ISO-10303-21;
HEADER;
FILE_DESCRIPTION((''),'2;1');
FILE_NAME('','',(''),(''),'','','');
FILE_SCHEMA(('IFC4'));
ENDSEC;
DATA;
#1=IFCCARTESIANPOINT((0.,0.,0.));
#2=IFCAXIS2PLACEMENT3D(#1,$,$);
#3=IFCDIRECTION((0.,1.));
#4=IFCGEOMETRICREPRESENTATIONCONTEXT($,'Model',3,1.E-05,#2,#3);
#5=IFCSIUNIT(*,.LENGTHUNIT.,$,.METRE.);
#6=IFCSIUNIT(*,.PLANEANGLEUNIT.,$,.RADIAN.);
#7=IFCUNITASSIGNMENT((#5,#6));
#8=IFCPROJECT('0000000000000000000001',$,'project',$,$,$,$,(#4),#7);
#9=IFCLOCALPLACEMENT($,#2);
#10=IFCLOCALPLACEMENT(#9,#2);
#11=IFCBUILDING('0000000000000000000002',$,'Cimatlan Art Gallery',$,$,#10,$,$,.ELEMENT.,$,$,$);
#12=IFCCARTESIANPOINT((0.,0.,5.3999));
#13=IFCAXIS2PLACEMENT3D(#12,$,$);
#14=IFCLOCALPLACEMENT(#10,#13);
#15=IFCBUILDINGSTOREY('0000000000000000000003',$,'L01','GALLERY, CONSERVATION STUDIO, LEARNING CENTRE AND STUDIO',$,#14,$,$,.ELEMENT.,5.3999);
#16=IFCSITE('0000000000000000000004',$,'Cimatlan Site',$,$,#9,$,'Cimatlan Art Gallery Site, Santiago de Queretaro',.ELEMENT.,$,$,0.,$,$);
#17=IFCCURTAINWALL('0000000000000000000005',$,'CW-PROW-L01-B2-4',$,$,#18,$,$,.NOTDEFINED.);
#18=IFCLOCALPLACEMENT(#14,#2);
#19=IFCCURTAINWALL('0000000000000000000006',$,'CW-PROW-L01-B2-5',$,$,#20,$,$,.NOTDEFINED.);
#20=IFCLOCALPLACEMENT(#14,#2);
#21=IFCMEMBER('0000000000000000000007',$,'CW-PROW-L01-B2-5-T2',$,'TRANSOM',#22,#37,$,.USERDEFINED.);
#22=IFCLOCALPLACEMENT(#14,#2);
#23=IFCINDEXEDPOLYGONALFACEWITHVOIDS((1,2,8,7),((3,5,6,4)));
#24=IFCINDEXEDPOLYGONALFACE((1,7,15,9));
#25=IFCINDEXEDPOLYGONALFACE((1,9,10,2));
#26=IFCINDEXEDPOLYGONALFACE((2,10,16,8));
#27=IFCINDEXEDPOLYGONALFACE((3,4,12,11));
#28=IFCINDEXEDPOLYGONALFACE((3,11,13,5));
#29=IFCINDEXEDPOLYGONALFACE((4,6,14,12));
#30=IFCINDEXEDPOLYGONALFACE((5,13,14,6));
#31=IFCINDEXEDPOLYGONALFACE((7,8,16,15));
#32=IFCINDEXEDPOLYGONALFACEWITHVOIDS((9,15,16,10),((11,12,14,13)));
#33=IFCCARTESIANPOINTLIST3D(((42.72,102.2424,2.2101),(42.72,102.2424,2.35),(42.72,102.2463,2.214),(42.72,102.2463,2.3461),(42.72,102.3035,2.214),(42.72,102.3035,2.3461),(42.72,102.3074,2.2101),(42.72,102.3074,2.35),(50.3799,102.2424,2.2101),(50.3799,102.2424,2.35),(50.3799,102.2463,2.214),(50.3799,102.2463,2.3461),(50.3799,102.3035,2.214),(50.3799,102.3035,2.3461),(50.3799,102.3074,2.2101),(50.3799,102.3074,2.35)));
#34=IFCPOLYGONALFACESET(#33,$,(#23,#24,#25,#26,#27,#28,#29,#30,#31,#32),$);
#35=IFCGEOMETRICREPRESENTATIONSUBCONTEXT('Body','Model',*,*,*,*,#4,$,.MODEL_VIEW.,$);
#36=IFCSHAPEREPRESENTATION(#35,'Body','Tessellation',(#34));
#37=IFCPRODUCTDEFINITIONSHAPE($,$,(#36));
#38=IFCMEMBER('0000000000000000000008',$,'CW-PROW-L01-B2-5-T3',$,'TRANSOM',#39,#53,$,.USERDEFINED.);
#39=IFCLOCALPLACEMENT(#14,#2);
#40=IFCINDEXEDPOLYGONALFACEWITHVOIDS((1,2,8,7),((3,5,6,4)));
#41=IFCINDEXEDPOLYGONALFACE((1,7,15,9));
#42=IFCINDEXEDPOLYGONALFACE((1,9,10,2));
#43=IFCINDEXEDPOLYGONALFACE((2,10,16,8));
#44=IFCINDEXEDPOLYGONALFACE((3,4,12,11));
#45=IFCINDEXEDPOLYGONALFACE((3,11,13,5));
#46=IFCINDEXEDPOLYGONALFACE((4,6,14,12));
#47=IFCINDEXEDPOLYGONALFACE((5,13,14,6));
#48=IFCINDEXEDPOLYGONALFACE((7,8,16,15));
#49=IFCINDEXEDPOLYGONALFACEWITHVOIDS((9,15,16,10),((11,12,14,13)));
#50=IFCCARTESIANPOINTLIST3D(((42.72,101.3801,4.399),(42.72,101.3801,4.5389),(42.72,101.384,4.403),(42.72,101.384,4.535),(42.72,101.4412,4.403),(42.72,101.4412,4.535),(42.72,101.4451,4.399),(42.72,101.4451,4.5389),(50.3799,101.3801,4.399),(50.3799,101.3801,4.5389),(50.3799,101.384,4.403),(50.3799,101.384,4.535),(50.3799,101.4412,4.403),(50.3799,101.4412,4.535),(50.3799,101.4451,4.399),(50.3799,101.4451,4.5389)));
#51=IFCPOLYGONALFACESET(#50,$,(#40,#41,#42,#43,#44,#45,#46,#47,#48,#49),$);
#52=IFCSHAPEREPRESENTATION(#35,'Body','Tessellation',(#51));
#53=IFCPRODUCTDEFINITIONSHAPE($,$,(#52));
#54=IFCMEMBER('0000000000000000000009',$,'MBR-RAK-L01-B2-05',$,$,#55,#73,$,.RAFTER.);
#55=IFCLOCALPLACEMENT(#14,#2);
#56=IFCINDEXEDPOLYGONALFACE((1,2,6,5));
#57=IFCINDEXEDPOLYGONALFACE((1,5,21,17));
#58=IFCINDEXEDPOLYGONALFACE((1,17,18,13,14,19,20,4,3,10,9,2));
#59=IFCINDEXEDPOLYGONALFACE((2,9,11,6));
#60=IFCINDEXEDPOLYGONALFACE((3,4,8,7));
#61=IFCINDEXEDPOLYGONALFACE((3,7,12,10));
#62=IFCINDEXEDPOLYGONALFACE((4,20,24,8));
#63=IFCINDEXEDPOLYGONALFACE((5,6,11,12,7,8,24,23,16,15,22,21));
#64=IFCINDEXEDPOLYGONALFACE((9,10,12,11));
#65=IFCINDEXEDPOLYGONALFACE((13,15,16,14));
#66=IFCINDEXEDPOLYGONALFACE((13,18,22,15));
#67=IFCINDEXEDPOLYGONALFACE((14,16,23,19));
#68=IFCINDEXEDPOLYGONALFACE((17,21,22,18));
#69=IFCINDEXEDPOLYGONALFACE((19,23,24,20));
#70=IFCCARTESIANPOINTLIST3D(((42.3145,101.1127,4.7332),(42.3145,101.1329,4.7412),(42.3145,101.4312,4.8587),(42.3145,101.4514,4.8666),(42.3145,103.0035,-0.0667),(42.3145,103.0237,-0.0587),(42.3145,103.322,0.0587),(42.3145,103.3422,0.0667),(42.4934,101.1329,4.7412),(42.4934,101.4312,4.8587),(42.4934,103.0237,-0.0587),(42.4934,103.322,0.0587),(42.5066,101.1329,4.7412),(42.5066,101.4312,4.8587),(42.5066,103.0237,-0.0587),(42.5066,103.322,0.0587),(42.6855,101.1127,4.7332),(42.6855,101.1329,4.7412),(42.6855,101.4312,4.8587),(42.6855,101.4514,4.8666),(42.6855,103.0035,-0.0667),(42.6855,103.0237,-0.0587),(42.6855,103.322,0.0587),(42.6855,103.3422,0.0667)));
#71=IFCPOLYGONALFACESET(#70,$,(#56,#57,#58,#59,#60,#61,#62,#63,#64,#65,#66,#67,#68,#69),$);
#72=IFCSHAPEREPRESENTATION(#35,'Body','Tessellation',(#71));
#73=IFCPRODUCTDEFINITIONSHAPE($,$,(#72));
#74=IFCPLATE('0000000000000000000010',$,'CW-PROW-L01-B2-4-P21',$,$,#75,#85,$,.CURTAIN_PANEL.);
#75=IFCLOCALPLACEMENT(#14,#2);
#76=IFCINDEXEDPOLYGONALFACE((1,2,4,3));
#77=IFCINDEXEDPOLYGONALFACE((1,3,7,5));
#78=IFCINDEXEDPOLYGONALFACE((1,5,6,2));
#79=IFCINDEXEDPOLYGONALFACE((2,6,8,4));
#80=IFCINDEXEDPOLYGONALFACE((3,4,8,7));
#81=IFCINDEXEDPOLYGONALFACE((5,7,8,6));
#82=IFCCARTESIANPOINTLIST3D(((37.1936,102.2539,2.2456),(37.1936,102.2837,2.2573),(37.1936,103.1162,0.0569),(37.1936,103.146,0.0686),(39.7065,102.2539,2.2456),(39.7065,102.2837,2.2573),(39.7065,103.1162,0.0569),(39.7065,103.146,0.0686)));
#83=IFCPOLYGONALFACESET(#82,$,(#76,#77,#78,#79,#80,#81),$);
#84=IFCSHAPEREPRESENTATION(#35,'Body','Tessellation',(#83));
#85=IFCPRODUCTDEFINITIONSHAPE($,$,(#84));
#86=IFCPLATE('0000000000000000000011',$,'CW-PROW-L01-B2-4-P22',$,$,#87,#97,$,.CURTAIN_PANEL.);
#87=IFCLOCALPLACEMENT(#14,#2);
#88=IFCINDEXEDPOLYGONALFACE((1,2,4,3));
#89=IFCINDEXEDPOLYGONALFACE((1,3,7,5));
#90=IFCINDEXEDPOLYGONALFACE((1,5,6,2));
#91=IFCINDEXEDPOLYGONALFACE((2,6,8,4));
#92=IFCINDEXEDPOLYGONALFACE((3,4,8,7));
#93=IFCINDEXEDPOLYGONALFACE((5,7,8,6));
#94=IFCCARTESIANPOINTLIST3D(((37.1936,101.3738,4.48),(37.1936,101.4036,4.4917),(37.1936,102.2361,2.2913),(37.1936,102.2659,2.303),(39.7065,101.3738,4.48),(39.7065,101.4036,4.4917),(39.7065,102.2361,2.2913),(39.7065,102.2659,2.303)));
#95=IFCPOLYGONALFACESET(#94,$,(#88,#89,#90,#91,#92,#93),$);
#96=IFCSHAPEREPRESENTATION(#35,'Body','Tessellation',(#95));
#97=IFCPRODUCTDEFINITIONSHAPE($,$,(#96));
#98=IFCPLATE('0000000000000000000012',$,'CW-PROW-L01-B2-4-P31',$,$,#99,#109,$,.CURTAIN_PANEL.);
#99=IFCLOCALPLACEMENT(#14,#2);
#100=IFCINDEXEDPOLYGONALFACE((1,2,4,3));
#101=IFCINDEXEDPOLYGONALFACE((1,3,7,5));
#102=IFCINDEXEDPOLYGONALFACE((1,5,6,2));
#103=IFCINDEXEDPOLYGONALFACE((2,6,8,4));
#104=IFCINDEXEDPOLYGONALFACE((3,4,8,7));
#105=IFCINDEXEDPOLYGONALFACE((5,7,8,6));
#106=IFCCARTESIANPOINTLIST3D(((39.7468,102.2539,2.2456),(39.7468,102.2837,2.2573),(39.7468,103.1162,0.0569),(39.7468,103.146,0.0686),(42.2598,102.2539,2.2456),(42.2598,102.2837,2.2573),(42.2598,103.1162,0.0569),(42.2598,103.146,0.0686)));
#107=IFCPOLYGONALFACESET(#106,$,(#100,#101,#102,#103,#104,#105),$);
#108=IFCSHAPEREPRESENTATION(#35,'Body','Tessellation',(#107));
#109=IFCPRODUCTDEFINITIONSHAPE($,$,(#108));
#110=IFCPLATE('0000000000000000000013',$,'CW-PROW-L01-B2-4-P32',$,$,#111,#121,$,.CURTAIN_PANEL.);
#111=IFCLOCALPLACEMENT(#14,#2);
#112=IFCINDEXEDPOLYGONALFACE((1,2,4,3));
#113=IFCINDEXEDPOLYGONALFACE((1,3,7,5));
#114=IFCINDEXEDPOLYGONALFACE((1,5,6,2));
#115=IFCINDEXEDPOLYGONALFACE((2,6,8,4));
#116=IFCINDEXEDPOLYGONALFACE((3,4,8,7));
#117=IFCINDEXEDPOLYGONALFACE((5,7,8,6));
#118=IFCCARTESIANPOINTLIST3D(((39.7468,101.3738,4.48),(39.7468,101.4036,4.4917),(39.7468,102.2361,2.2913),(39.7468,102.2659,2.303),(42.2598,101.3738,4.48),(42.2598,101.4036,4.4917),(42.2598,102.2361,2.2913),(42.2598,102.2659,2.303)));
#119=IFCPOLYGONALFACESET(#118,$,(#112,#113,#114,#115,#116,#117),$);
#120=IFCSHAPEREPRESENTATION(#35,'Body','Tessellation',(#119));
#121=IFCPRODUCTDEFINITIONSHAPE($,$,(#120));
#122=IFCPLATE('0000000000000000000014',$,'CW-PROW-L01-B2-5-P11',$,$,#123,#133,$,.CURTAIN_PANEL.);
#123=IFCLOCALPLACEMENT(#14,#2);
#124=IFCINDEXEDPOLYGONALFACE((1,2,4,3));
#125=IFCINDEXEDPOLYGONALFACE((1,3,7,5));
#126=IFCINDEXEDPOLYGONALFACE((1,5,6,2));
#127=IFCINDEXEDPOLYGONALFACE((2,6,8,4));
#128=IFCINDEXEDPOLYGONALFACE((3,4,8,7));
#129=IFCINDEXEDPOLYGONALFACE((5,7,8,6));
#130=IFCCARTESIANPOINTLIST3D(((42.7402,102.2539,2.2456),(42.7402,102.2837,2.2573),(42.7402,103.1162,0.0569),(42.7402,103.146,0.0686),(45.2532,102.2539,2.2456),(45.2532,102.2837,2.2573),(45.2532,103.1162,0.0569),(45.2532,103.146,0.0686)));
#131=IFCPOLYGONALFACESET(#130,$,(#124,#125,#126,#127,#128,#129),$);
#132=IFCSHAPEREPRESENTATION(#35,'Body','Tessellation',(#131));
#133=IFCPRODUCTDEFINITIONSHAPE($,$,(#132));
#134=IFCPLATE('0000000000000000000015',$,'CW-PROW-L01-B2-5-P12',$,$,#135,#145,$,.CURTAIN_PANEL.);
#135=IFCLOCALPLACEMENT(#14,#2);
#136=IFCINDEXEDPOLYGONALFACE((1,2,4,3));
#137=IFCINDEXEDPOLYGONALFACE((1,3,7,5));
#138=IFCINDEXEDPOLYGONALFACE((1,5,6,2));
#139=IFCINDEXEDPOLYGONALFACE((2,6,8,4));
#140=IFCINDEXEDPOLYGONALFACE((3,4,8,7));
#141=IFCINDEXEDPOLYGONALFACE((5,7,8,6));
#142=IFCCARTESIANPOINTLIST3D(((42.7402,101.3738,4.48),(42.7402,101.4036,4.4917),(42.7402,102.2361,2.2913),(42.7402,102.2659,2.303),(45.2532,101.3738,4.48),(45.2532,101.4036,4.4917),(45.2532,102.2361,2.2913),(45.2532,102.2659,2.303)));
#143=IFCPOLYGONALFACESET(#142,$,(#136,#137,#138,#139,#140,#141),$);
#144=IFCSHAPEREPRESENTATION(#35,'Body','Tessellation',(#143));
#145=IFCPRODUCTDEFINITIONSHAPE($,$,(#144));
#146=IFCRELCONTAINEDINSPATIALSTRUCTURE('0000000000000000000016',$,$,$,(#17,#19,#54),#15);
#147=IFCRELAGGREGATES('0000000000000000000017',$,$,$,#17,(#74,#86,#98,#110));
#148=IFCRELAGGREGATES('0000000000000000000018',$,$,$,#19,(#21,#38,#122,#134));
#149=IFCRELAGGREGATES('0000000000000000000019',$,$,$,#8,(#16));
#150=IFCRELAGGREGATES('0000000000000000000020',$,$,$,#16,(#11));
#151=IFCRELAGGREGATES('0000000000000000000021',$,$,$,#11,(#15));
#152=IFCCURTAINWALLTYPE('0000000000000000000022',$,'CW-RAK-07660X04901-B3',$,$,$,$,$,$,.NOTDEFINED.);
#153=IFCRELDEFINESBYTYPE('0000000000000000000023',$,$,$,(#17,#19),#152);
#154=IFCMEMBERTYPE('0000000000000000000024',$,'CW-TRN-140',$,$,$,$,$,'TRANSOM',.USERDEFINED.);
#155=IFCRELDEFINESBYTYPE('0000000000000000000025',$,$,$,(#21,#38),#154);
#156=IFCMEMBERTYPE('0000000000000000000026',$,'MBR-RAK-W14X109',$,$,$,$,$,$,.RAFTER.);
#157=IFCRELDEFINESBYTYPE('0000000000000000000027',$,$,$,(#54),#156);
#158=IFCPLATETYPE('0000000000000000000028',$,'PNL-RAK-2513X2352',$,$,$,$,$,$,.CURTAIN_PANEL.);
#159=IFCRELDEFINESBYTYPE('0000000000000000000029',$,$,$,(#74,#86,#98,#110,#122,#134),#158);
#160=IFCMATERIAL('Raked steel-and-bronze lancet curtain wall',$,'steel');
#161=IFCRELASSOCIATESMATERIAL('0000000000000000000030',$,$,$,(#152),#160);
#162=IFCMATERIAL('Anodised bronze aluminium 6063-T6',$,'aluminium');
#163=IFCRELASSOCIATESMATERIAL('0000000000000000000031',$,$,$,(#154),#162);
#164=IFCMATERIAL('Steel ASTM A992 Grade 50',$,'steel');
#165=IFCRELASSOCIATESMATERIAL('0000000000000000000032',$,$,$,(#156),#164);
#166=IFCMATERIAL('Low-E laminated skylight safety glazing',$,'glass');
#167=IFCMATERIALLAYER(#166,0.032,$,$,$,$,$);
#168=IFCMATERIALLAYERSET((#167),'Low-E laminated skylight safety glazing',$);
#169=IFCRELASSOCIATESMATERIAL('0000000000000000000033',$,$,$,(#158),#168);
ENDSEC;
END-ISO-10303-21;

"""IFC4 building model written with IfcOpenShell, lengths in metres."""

from ifc_helpers import new_model, si_unit, direction, frame, origin, origin_2d, place, context, subcontext, project, spatial, polyline, hollow_rectangle, i_section, outline, extrude, material, layer, layer_set, material_profile, profile_set, type_object, element, aggregate, save


model = new_model("IFC4")

# Units and contexts
model_context = context("Model", 3, precision=1e-05, world=origin(), true_north=direction((0.0, 1.0)))
body_context = subcontext(model_context, "Body", "Model", "MODEL_VIEW")
ifc_project = project(units=[si_unit("LENGTHUNIT", "METRE"), si_unit("PLANEANGLEUNIT", "RADIAN")], contexts=[model_context])

# Site, building, storey
site_placement = place(None, origin())
site = spatial("IfcSite", under=ifc_project, at=site_placement, Name="Cimatlan Site", LongName="Cimatlan Art Gallery Site, Santiago de Queretaro", CompositionType="ELEMENT", RefElevation=0.0)
building_placement = place(site_placement, origin())
building = spatial("IfcBuilding", under=site, at=building_placement, Name="Cimatlan Art Gallery", CompositionType="ELEMENT")
storey_placement = place(building_placement, frame((0.0, 0.0, 5.3999)))
storey = spatial("IfcBuildingStorey", under=building, at=storey_placement, Name="L01", Description="GALLERY, CONSERVATION STUDIO, LEARNING CENTRE AND STUDIO", CompositionType="ELEMENT", Elevation=5.3999)

# Shared definitions
ifc_material_1 = material(Name="Steel ASTM A992 Grade 50", Category="steel")

# Curtain walls, members
ifc_material_2 = material(Name="Raked steel-and-bronze lancet curtain wall", Category="steel")
curtain_wall_type = type_object("IfcCurtainWallType", Name="CW-RAK-07660X04901-B3", PredefinedType="NOTDEFINED", material=ifc_material_2)
curtain_wall_1_placement = place(storey_placement, origin())
curtain_wall_1 = element("IfcCurtainWall", 1, at=curtain_wall_1_placement, inside=storey, type_object=curtain_wall_type, Name="CW-PROW-L01-B2-4", PredefinedType="NOTDEFINED")
curtain_wall_2_placement = place(storey_placement, origin())
curtain_wall_2 = element("IfcCurtainWall", 2, at=curtain_wall_2_placement, inside=storey, type_object=curtain_wall_type, Name="CW-PROW-L01-B2-5", PredefinedType="NOTDEFINED")
ifc_material_3 = material(Name="Anodised bronze aluminium 6063-T6", Category="aluminium")
ifc_material_profile_1 = material_profile(ifc_material_3, hollow_rectangle(XDim=0.0649, YDim=0.1399, WallThickness=0.0039, at=origin_2d()), Name="ALU65X140X4")
ifc_profile_set_1 = profile_set([ifc_material_profile_1], Name="Anodised bronze aluminium 6063-T6")
member_type_1 = type_object("IfcMemberType", Name="CW-TRN-140", ElementType="TRANSOM", PredefinedType="USERDEFINED", material=ifc_profile_set_1)
member_1_placement = place(storey_placement, frame((42.72, 102.2749, 2.28), z_axis=(1.0, 0.0, 0.0), x_axis=(0.0, 1.0, 0.0)))
member_1 = element("IfcMember", 3, at=member_1_placement, type_object=member_type_1, Name="CW-PROW-L01-B2-5-T2", ObjectType="TRANSOM", PredefinedType="USERDEFINED", context=body_context, shape_type="SweptSolid", body=[
    extrude(hollow_rectangle(XDim=0.0649, YDim=0.1399, WallThickness=0.0039, at=origin_2d()), origin(), (0.0, 0.0, 1.0), 7.6599),
])
member_2_placement = place(storey_placement, frame((42.72, 101.4126, 4.469), z_axis=(1.0, 0.0, 0.0), x_axis=(0.0, 1.0, 0.0)))
member_2 = element("IfcMember", 4, at=member_2_placement, type_object=member_type_1, Name="CW-PROW-L01-B2-5-T3", ObjectType="TRANSOM", PredefinedType="USERDEFINED", context=body_context, shape_type="SweptSolid", body=[
    extrude(hollow_rectangle(XDim=0.0649, YDim=0.1399, WallThickness=0.0039, at=origin_2d()), origin(), (0.0, 0.0, 1.0), 7.6599),
])

# Member
ifc_material_profile_2 = material_profile(ifc_material_1, i_section(OverallWidth=0.3711, OverallDepth=0.364, WebThickness=0.0132, FlangeThickness=0.0217, at=origin_2d()), Name="W14X109")
ifc_profile_set_2 = profile_set([ifc_material_profile_2], Name="Steel ASTM A992 Grade 50")
member_type_2 = type_object("IfcMemberType", Name="MBR-RAK-W14X109", PredefinedType="RAFTER", material=ifc_profile_set_2)
member_3_placement = place(storey_placement, frame((42.5, 103.1729, 0.0), z_axis=(0.0, -0.366515, 0.930412), x_axis=(1.0, 0.0, 0.0)))
element("IfcMember", 5, at=member_3_placement, inside=storey, type_object=member_type_2, Name="MBR-RAK-L01-B2-05", PredefinedType="RAFTER", context=body_context, shape_type="SweptSolid", body=[
    extrude(i_section(OverallWidth=0.3711, OverallDepth=0.364, WebThickness=0.0132, FlangeThickness=0.0217, at=origin_2d()), origin(), (0.0, 0.0, 1.0), 5.1589),
])

# Plates
ifc_material_4 = material(Name="Low-E laminated skylight safety glazing", Category="glass")
ifc_layer = layer(ifc_material_4, 0.032)
ifc_layer_set = layer_set([ifc_layer], Name="Low-E laminated skylight safety glazing")
plate_type = type_object("IfcPlateType", Name="PNL-RAK-2513X2352", PredefinedType="CURTAIN_PANEL", material=ifc_layer_set)
plate_1_placement = place(storey_placement, frame((37.1936, 103.146, 0.0686), z_axis=(0.0, 0.930397, 0.366554), x_axis=(1.0, 0.0, 0.0)))
plate_1 = element("IfcPlate", 6, at=plate_1_placement, type_object=plate_type, Name="CW-PROW-L01-B2-4-P21", PredefinedType="CURTAIN_PANEL", context=body_context, shape_type="SweptSolid", body=[
    extrude(outline(polyline([(0.0, 0.0), (2.5129, 0.0), (2.5129, -2.3525), (0.0, -2.3525), (0.0, 0.0)])), origin(), (0.0, 0.0, -1.0), 0.032),
])
plate_2_placement = place(storey_placement, frame((37.1936, 102.2659, 2.303), z_axis=(0.0, 0.930397, 0.366554), x_axis=(1.0, 0.0, 0.0)))
plate_2 = element("IfcPlate", 7, at=plate_2_placement, type_object=plate_type, Name="CW-PROW-L01-B2-4-P22", PredefinedType="CURTAIN_PANEL", context=body_context, shape_type="SweptSolid", body=[
    extrude(outline(polyline([(0.0, 0.0), (2.5129, 0.0), (2.5129, -2.3525), (0.0, -2.3525), (0.0, 0.0)])), origin(), (0.0, 0.0, -1.0), 0.032),
])
plate_3_placement = place(storey_placement, frame((39.7468, 103.146, 0.0686), z_axis=(0.0, 0.930397, 0.366554), x_axis=(1.0, 0.0, 0.0)))
plate_3 = element("IfcPlate", 8, at=plate_3_placement, type_object=plate_type, Name="CW-PROW-L01-B2-4-P31", PredefinedType="CURTAIN_PANEL", context=body_context, shape_type="SweptSolid", body=[
    extrude(outline(polyline([(0.0, 0.0), (2.5129, 0.0), (2.5129, -2.3525), (0.0, -2.3525), (0.0, 0.0)])), origin(), (0.0, 0.0, -1.0), 0.032),
])
plate_4_placement = place(storey_placement, frame((39.7468, 102.2659, 2.303), z_axis=(0.0, 0.930397, 0.366554), x_axis=(1.0, 0.0, 0.0)))
plate_4 = element("IfcPlate", 9, at=plate_4_placement, type_object=plate_type, Name="CW-PROW-L01-B2-4-P32", PredefinedType="CURTAIN_PANEL", context=body_context, shape_type="SweptSolid", body=[
    extrude(outline(polyline([(0.0, 0.0), (2.5129, 0.0), (2.5129, -2.3525), (0.0, -2.3525), (0.0, 0.0)])), origin(), (0.0, 0.0, -1.0), 0.032),
])
aggregate(curtain_wall_1, [plate_1, plate_2, plate_3, plate_4])
plate_5_placement = place(storey_placement, frame((42.7402, 103.146, 0.0686), z_axis=(0.0, 0.930397, 0.366554), x_axis=(1.0, 0.0, 0.0)))
plate_5 = element("IfcPlate", 10, at=plate_5_placement, type_object=plate_type, Name="CW-PROW-L01-B2-5-P11", PredefinedType="CURTAIN_PANEL", context=body_context, shape_type="SweptSolid", body=[
    extrude(outline(polyline([(0.0, 0.0), (2.5129, 0.0), (2.5129, -2.3525), (0.0, -2.3525), (0.0, 0.0)])), origin(), (0.0, 0.0, -1.0), 0.032),
])
plate_6_placement = place(storey_placement, frame((42.7402, 102.2659, 2.303), z_axis=(0.0, 0.930397, 0.366554), x_axis=(1.0, 0.0, 0.0)))
plate_6 = element("IfcPlate", 11, at=plate_6_placement, type_object=plate_type, Name="CW-PROW-L01-B2-5-P12", PredefinedType="CURTAIN_PANEL", context=body_context, shape_type="SweptSolid", body=[
    extrude(outline(polyline([(0.0, 0.0), (2.5129, 0.0), (2.5129, -2.3525), (0.0, -2.3525), (0.0, 0.0)])), origin(), (0.0, 0.0, -1.0), 0.032),
])
aggregate(curtain_wall_2, [member_1, member_2, plate_5, plate_6])

save(model, "model.ifc")
